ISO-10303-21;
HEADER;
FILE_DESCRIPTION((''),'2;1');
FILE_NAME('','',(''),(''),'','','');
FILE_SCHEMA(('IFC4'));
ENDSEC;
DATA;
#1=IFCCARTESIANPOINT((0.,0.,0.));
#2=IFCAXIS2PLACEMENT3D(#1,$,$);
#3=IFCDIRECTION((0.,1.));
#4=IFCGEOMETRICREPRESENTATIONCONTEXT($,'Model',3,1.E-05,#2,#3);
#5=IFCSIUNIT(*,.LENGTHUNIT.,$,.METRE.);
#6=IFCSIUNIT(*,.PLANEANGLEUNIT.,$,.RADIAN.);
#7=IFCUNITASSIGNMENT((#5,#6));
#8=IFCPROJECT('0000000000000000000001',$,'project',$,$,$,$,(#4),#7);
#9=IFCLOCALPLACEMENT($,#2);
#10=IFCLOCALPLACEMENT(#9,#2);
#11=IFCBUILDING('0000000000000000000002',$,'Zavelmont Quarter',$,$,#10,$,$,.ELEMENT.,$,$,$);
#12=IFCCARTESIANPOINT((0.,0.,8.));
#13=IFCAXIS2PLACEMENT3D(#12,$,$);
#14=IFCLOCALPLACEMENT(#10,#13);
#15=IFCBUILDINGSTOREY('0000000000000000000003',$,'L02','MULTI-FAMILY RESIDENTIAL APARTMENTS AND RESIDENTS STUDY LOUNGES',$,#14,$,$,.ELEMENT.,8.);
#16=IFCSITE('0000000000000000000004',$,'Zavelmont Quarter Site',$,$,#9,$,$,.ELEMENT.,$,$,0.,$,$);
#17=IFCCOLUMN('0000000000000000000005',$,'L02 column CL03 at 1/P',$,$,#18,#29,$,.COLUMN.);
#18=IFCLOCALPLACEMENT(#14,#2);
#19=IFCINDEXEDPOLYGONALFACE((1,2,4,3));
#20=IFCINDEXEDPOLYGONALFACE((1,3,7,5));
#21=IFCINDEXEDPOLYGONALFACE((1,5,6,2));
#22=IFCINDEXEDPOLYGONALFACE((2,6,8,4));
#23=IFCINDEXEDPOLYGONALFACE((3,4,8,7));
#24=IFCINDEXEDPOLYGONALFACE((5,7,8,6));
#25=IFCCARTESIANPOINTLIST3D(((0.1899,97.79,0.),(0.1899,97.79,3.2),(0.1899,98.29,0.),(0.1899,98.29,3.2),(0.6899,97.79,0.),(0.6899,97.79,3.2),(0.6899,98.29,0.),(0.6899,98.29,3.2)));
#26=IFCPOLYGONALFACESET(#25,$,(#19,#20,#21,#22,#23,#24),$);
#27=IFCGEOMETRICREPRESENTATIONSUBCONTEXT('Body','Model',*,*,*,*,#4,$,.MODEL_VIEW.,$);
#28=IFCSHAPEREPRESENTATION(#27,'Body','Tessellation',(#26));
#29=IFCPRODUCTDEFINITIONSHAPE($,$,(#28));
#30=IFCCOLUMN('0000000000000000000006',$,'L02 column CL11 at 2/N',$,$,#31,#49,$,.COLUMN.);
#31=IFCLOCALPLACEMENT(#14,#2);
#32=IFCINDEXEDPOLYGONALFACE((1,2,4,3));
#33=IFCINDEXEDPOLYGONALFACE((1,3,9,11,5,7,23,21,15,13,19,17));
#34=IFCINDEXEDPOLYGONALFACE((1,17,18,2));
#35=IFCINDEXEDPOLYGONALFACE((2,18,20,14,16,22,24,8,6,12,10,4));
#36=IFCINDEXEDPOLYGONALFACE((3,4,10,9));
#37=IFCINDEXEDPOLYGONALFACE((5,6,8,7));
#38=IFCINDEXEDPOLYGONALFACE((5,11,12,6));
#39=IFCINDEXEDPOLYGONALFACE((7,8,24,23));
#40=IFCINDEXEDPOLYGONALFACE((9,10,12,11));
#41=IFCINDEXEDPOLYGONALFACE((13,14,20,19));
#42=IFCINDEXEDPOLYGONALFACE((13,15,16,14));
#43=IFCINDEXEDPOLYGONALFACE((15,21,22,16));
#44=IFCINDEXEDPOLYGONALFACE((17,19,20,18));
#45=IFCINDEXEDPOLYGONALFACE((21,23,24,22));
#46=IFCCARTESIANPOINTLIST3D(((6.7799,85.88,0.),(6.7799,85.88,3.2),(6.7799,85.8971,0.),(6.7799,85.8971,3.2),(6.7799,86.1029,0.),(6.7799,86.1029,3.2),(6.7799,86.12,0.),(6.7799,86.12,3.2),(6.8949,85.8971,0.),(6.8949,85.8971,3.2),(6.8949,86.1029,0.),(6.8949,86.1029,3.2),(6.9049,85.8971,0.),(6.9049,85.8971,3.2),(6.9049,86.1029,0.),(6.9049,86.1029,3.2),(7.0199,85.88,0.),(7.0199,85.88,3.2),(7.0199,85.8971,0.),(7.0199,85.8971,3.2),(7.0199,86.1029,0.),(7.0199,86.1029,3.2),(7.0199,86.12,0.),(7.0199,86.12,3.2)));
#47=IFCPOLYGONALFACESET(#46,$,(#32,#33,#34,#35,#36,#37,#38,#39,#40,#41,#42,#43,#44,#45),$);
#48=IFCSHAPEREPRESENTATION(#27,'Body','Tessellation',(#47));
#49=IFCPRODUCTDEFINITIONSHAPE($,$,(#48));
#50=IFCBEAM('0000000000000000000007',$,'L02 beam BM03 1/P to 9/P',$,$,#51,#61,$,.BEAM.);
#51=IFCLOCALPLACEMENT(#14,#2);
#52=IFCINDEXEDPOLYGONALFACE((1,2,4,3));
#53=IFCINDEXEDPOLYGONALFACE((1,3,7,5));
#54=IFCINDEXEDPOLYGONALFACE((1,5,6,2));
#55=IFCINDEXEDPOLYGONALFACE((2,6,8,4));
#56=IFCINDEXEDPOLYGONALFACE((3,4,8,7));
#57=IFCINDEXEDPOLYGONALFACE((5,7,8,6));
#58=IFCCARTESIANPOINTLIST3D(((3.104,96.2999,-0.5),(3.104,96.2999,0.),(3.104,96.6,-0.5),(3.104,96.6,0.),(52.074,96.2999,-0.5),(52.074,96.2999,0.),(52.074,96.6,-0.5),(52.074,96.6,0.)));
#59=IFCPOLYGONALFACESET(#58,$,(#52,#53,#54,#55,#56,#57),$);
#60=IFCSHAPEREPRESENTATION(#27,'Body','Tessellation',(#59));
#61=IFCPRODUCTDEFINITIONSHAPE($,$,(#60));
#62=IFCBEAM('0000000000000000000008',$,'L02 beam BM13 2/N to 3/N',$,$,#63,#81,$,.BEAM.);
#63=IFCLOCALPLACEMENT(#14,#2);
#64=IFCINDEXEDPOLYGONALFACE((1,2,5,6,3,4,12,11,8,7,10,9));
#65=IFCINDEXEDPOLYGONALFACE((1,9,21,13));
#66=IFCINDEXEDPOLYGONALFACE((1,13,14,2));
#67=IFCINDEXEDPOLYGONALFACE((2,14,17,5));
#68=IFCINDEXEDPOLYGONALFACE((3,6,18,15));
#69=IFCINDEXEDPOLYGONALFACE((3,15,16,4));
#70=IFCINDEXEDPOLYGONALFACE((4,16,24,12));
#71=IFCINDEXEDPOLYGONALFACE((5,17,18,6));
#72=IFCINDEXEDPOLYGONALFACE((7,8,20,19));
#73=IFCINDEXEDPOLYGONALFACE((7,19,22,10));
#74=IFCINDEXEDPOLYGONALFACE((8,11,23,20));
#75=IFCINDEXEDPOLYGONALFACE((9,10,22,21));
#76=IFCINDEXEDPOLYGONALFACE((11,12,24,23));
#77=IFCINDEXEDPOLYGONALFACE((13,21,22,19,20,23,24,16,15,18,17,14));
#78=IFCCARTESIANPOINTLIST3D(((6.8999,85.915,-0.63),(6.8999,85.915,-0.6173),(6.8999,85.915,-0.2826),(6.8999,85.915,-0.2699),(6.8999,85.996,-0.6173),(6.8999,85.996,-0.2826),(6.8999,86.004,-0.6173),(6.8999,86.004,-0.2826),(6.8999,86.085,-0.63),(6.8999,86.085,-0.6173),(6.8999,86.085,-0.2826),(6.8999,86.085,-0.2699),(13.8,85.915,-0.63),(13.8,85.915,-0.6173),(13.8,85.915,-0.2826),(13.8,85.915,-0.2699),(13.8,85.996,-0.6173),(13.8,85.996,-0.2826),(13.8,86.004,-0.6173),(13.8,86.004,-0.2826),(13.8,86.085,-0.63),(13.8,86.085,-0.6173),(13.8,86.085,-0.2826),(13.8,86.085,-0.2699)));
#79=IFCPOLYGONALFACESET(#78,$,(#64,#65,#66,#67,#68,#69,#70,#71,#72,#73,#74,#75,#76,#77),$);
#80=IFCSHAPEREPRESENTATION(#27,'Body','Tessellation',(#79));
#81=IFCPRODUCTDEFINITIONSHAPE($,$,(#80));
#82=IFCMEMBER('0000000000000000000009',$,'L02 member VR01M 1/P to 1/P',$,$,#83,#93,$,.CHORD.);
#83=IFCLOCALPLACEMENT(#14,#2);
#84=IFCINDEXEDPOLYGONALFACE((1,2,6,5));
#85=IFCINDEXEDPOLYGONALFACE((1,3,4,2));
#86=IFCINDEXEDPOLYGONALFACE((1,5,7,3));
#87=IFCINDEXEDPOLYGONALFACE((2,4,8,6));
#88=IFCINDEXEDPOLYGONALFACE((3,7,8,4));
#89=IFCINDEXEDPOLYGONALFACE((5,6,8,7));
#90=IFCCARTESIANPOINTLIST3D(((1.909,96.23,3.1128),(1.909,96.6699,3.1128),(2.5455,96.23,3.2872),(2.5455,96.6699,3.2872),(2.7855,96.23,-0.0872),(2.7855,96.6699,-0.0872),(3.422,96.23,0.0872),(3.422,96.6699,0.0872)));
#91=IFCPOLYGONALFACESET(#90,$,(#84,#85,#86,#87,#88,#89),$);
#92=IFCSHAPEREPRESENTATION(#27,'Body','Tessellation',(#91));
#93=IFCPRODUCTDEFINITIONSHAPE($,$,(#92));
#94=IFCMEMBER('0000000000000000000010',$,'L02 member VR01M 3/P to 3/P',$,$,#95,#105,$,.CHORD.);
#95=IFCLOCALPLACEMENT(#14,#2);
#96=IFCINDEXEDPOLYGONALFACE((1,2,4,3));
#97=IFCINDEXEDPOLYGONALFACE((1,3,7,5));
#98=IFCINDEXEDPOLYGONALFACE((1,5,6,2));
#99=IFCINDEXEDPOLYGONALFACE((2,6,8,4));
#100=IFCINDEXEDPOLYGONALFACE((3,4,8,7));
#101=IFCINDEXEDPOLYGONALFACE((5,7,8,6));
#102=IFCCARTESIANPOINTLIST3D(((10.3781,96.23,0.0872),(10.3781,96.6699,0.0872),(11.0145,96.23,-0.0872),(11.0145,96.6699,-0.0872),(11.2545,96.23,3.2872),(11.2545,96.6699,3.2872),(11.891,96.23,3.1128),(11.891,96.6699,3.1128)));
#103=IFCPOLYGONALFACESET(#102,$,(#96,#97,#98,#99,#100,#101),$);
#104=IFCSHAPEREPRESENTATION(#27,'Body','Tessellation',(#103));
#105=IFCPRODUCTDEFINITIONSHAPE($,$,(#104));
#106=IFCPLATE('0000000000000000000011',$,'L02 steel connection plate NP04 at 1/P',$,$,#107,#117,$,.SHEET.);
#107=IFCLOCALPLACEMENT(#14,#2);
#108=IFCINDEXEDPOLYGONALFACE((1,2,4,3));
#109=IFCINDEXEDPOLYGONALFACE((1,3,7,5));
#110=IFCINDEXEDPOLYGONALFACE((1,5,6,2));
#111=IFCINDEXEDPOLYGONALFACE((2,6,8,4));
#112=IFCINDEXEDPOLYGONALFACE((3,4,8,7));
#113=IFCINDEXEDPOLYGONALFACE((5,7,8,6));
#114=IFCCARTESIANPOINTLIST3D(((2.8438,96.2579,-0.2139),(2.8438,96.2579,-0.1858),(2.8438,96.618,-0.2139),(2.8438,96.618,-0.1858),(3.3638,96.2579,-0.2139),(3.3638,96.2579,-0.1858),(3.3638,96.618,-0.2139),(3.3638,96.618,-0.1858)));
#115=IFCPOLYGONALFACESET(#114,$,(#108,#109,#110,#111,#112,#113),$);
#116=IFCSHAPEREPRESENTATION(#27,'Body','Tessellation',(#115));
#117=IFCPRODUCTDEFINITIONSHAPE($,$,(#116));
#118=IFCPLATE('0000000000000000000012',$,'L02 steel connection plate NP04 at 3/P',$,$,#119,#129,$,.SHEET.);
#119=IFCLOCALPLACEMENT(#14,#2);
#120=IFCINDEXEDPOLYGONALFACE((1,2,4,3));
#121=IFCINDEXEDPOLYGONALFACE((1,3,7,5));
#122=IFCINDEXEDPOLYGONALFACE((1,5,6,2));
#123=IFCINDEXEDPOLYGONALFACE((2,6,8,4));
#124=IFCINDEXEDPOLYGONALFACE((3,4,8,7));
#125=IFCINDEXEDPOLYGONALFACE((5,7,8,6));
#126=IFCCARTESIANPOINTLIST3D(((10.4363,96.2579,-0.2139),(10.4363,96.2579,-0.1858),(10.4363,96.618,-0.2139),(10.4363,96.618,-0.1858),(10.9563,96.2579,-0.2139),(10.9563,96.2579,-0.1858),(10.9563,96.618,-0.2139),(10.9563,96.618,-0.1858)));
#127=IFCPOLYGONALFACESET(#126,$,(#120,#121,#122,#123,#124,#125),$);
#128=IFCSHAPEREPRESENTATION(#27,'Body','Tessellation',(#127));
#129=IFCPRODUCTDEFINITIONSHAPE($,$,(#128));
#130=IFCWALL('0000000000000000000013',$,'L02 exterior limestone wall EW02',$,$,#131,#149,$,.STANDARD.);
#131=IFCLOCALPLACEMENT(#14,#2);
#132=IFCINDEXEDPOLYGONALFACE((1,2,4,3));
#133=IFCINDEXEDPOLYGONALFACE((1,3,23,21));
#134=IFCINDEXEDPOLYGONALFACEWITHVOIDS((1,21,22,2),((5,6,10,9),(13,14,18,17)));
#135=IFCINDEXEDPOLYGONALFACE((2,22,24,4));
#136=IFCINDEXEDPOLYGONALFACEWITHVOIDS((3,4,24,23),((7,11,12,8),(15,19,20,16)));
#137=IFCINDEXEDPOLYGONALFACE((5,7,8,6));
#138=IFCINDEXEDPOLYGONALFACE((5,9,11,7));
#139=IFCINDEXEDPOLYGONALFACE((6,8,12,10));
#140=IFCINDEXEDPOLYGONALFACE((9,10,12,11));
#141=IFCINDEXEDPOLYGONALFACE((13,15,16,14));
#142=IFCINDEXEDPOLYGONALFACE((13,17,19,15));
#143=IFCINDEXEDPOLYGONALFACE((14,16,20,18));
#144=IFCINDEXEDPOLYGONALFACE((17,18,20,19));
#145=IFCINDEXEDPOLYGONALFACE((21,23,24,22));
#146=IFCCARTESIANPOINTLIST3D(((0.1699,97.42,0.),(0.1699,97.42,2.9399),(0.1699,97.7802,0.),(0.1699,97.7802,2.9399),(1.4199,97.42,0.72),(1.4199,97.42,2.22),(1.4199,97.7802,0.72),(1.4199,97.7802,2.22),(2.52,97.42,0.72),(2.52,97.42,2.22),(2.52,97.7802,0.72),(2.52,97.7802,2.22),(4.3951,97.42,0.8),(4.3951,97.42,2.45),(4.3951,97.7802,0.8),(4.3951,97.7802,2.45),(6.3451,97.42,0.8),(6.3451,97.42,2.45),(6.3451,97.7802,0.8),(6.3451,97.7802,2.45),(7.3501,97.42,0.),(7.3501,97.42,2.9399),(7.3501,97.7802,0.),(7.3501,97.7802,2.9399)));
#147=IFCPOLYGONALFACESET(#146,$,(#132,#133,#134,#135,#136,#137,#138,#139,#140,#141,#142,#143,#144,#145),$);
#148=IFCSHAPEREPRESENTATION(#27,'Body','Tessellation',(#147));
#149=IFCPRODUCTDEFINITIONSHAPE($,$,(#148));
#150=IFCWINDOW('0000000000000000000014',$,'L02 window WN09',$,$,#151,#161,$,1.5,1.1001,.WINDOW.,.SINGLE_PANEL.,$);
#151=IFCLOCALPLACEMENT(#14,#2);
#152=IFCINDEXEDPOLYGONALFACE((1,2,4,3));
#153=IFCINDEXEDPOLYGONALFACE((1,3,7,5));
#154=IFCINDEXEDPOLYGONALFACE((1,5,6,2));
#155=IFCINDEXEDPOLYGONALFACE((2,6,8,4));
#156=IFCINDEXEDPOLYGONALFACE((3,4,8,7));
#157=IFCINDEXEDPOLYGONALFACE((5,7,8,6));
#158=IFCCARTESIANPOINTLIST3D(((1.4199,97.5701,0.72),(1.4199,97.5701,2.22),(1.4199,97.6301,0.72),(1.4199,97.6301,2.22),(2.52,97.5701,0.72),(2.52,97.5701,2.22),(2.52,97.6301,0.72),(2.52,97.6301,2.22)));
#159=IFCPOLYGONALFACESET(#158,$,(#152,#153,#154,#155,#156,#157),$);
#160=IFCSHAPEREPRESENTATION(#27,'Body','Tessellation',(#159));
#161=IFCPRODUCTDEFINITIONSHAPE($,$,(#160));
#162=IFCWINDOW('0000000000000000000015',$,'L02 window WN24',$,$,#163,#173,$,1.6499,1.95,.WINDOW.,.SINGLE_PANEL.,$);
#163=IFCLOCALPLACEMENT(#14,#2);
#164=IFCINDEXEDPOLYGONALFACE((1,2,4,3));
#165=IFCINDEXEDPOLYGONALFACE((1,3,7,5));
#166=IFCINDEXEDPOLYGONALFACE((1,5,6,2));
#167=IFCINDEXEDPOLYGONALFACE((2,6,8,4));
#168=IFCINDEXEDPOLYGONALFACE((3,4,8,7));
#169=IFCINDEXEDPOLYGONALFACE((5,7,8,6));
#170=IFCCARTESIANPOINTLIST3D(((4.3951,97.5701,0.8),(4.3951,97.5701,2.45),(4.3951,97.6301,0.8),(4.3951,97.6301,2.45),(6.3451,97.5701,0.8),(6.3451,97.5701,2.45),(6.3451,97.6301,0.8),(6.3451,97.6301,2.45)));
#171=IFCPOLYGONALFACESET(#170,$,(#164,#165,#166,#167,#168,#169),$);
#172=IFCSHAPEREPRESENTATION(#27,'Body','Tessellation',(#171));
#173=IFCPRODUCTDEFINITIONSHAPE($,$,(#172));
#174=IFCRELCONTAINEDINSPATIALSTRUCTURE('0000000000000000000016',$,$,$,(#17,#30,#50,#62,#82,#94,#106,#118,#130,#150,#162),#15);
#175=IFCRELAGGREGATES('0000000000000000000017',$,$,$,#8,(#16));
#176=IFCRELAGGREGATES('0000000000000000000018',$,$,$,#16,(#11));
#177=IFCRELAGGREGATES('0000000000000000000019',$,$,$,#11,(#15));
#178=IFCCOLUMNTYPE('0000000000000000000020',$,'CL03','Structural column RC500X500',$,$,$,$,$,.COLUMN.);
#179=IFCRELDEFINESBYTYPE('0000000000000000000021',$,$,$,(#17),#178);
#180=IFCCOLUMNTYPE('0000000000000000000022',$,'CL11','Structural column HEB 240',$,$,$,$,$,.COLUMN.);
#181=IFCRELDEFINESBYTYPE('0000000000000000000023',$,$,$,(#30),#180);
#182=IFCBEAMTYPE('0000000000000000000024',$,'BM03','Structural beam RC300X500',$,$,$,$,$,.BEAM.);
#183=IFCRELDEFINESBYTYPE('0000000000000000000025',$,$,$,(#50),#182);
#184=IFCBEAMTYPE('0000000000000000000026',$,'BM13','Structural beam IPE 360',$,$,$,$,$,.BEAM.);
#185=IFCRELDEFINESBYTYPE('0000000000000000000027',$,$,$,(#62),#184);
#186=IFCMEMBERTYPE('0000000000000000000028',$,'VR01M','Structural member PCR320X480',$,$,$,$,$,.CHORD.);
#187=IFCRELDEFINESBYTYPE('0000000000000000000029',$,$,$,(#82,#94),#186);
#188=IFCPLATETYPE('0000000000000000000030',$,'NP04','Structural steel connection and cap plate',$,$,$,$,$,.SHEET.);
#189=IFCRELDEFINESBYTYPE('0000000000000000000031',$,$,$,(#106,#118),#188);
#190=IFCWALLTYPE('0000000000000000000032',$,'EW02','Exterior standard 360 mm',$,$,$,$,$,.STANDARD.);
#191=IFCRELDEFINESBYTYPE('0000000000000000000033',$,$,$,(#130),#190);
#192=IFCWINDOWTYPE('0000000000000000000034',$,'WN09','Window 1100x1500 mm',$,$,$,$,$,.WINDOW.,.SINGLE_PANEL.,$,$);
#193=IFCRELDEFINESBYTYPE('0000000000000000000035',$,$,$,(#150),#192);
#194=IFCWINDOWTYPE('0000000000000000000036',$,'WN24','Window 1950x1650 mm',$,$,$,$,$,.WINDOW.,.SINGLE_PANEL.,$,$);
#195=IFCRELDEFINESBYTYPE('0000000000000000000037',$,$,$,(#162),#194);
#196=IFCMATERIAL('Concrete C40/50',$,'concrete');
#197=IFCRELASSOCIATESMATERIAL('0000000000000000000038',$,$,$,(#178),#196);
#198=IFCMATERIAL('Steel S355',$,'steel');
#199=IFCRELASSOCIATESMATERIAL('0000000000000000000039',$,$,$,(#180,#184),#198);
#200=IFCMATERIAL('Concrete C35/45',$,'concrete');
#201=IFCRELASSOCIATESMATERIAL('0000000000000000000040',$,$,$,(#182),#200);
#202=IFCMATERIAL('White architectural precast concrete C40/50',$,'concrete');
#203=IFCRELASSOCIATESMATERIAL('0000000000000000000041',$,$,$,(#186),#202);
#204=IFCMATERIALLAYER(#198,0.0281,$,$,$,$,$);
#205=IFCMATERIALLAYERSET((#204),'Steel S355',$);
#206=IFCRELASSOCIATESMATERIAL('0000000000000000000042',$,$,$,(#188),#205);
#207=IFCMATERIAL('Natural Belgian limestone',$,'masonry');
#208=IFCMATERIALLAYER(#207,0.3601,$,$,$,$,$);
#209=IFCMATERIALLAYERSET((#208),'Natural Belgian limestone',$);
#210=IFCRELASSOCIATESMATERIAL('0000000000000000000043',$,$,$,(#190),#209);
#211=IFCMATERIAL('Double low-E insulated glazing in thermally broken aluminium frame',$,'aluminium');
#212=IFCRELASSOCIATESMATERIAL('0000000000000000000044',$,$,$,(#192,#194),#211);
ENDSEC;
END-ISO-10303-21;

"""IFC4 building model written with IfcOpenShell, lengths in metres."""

from ifc_helpers import new_model, si_unit, direction, frame, frame_2d, origin, origin_with_axes, origin_2d, place, context, subcontext, project, spatial, rectangle, i_section, extrude, material, layer, layer_set, material_profile, profile_set, type_object, element, fill, save


model = new_model("IFC4")

# Units and contexts
model_context = context("Model", 3, precision=1e-05, world=origin(), true_north=direction((0.0, 1.0)))
body_context = subcontext(model_context, "Body", "Model", "MODEL_VIEW")
ifc_project = project(units=[si_unit("LENGTHUNIT", "METRE"), si_unit("PLANEANGLEUNIT", "RADIAN")], contexts=[model_context])

# Site, building, storey
site_placement = place(None, origin())
site = spatial("IfcSite", under=ifc_project, at=site_placement, Name="Zavelmont Quarter Site", CompositionType="ELEMENT", RefElevation=0.0)
building_placement = place(site_placement, origin())
building = spatial("IfcBuilding", under=site, at=building_placement, Name="Zavelmont Quarter", CompositionType="ELEMENT")
storey_placement = place(building_placement, frame((0.0, 0.0, 8.0)))
storey = spatial("IfcBuildingStorey", under=building, at=storey_placement, Name="L02", Description="MULTI-FAMILY RESIDENTIAL APARTMENTS AND RESIDENTS STUDY LOUNGES", CompositionType="ELEMENT", Elevation=8.0)

# Columns
ifc_material_1 = material(Name="Concrete C40/50", Category="concrete")
ifc_material_profile_1 = material_profile(ifc_material_1, rectangle(XDim=0.5, YDim=0.5, at=origin_2d()), Name="RC500X500")
ifc_profile_set_1 = profile_set([ifc_material_profile_1], Name="Concrete C40/50")
column_type_1 = type_object("IfcColumnType", Name="CL03", Description="Structural column RC500X500", PredefinedType="COLUMN", material=ifc_profile_set_1)
column_1_placement = place(storey_placement, frame((0.4399, 98.04, 0.0), z_axis=(0.0, 0.0, 1.0), x_axis=(1.0, 0.0, 0.0)))
element("IfcColumn", 1, at=column_1_placement, inside=storey, type_object=column_type_1, Name="L02 column CL03 at 1/P", PredefinedType="COLUMN", context=body_context, shape_type="SweptSolid", body=[
    extrude(rectangle(XDim=0.5, YDim=0.5, at=origin_2d()), origin(), (0.0, 0.0, 1.0), 3.2),
])
ifc_material_2 = material(Name="Steel S355", Category="steel")
ifc_material_profile_2 = material_profile(ifc_material_2, i_section(OverallWidth=0.24, OverallDepth=0.24, WebThickness=0.01, FlangeThickness=0.0171, at=origin_2d()), Name="HEB 240")
ifc_profile_set_2 = profile_set([ifc_material_profile_2], Name="Steel S355")
column_type_2 = type_object("IfcColumnType", Name="CL11", Description="Structural column HEB 240", PredefinedType="COLUMN", material=ifc_profile_set_2)
column_2_placement = place(storey_placement, frame((6.8999, 86.0, 0.0), z_axis=(0.0, 0.0, 1.0), x_axis=(1.0, 0.0, 0.0)))
element("IfcColumn", 2, at=column_2_placement, inside=storey, type_object=column_type_2, Name="L02 column CL11 at 2/N", PredefinedType="COLUMN", context=body_context, shape_type="SweptSolid", body=[
    extrude(i_section(OverallWidth=0.24, OverallDepth=0.24, WebThickness=0.01, FlangeThickness=0.0171, at=origin_2d()), origin(), (0.0, 0.0, 1.0), 3.2),
])

# Beams
ifc_material_3 = material(Name="Concrete C35/45", Category="concrete")
ifc_material_profile_3 = material_profile(ifc_material_3, rectangle(XDim=0.3, YDim=0.5, at=origin_2d()), Name="RC300X500")
ifc_profile_set_3 = profile_set([ifc_material_profile_3], Name="Concrete C35/45")
beam_type_1 = type_object("IfcBeamType", Name="BM03", Description="Structural beam RC300X500", PredefinedType="BEAM", material=ifc_profile_set_3)
beam_1_placement = place(storey_placement, frame((3.104, 96.45, -0.25), z_axis=(1.0, 0.0, 0.0), x_axis=(0.0, 1.0, 0.0)))
element("IfcBeam", 3, at=beam_1_placement, inside=storey, type_object=beam_type_1, Name="L02 beam BM03 1/P to 9/P", PredefinedType="BEAM", context=body_context, shape_type="SweptSolid", body=[
    extrude(rectangle(XDim=0.3, YDim=0.5, at=origin_2d()), origin(), (0.0, 0.0, 1.0), 48.97),
])
ifc_material_profile_4 = material_profile(ifc_material_2, i_section(OverallWidth=0.1699, OverallDepth=0.3601, WebThickness=0.0081, FlangeThickness=0.0127, at=origin_2d()), Name="IPE 360")
ifc_profile_set_4 = profile_set([ifc_material_profile_4], Name="Steel S355")
beam_type_2 = type_object("IfcBeamType", Name="BM13", Description="Structural beam IPE 360", PredefinedType="BEAM", material=ifc_profile_set_4)
beam_2_placement = place(storey_placement, frame((6.8999, 86.0, -0.45), z_axis=(1.0, 0.0, 0.0), x_axis=(0.0, 1.0, 0.0)))
element("IfcBeam", 4, at=beam_2_placement, inside=storey, type_object=beam_type_2, Name="L02 beam BM13 2/N to 3/N", PredefinedType="BEAM", context=body_context, shape_type="SweptSolid", body=[
    extrude(i_section(OverallWidth=0.1699, OverallDepth=0.3601, WebThickness=0.0081, FlangeThickness=0.0127, at=origin_2d()), origin(), (0.0, 0.0, 1.0), 6.9001),
])

# Members
ifc_material_4 = material(Name="White architectural precast concrete C40/50", Category="concrete")
ifc_material_profile_5 = material_profile(ifc_material_4, rectangle(XDim=0.4399, YDim=0.6599, at=origin_2d()), Name="PCR320X480")
ifc_profile_set_5 = profile_set([ifc_material_profile_5], Name="White architectural precast concrete C40/50")
member_type = type_object("IfcMemberType", Name="VR01M", Description="Structural member PCR320X480", PredefinedType="CHORD", material=ifc_profile_set_5)
for number, where, z_axis, x_axis, name in (
    (5, (3.1038, 96.45, 0.0), (-0.26417, 0.0, 0.964476), (0.0, -1.0, 0.0), "L02 member VR01M 1/P to 1/P"),
    (6, (10.6963, 96.45, 0.0), (0.26417, 0.0, 0.964476), (0.0, 1.0, 0.0), "L02 member VR01M 3/P to 3/P"),
):
    element("IfcMember", number, at=place(storey_placement, frame(where, z_axis=z_axis, x_axis=x_axis)), inside=storey, type_object=member_type, Name=name, PredefinedType="CHORD", context=body_context, shape_type="SweptSolid", body=[
        extrude(rectangle(XDim=0.4399, YDim=0.6599, at=origin_2d()), origin(), (0.0, 0.0, 1.0), 3.3179),
    ])

# Plates
ifc_layer_1 = layer(ifc_material_2, 0.0281)
ifc_layer_set_1 = layer_set([ifc_layer_1], Name="Steel S355")
plate_type = type_object("IfcPlateType", Name="NP04", Description="Structural steel connection and cap plate", PredefinedType="SHEET", material=ifc_layer_set_1)
for number, where, z_axis, x_axis, name in (
    (7, (3.1038, 96.438, -0.2139), (0.0, 0.0, 1.0), (1.0, 0.0, 0.0), "L02 steel connection plate NP04 at 1/P"),
    (8, (10.6963, 96.438, -0.2139), (0.0, 0.0, 1.0), (1.0, 0.0, 0.0), "L02 steel connection plate NP04 at 3/P"),
):
    element("IfcPlate", number, at=place(storey_placement, frame(where, z_axis=z_axis, x_axis=x_axis)), inside=storey, type_object=plate_type, Name=name, PredefinedType="SHEET", context=body_context, shape_type="SweptSolid", body=[
        extrude(rectangle(XDim=0.52, YDim=0.3601, at=origin_2d()), origin(), (0.0, 0.0, 1.0), 0.0281),
    ])

# Wall, openings, windows
ifc_material_5 = material(Name="Natural Belgian limestone", Category="masonry")
ifc_layer_2 = layer(ifc_material_5, 0.3601)
ifc_layer_set_2 = layer_set([ifc_layer_2], Name="Natural Belgian limestone")
wall_type_1 = type_object("IfcWallType", Name="EW02", Description="Exterior standard 360 mm", PredefinedType="STANDARD", material=ifc_layer_set_2)
wall_1_placement = place(storey_placement, frame((0.1699, 97.6001, 0.0), z_axis=(0.0, 0.0, 1.0), x_axis=(1.0, 0.0, 0.0)))
wall_1 = element("IfcWall", 9, at=wall_1_placement, inside=storey, type_object=wall_type_1, Name="L02 exterior limestone wall EW02", PredefinedType="STANDARD", context=body_context, shape_type="SweptSolid", body=[
    extrude(rectangle(XDim=7.1802, YDim=0.3601, at=frame_2d((3.5901, 0.0))), origin(), (0.0, 0.0, 1.0), 2.9399),
])
opening_1_placement = place(wall_1_placement, frame((1.25, 0.0, 0.72)))
opening_1 = element("IfcOpeningElement", 10, at=opening_1_placement, cuts=wall_1, PredefinedType="OPENING", context=body_context, shape_type="SweptSolid", body=[
    extrude(rectangle(XDim=1.1001, YDim=1.5, at=frame_2d((0.55, 0.75))), frame((0.0, 0.1919, 0.0), z_axis=(0.0, -1.0, 0.0), x_axis=(1.0, 0.0, 0.0)), (0.0, 0.0, 1.0), 0.384),
])
opening_2_placement = place(wall_1_placement, frame((4.2251, 0.0, 0.8)))
opening_2 = element("IfcOpeningElement", 11, at=opening_2_placement, cuts=wall_1, PredefinedType="OPENING", context=body_context, shape_type="SweptSolid", body=[
    extrude(rectangle(XDim=1.95, YDim=1.6499, at=frame_2d((0.9751, 0.825))), frame((0.0, 0.1919, 0.0), z_axis=(0.0, -1.0, 0.0), x_axis=(1.0, 0.0, 0.0)), (0.0, 0.0, 1.0), 0.384),
])
ifc_material_6 = material(Name="Double low-E insulated glazing in thermally broken aluminium frame", Category="aluminium")
window_type_1 = type_object("IfcWindowType", Name="WN09", Description="Window 1100x1500 mm", PartitioningType="SINGLE_PANEL", PredefinedType="WINDOW", material=ifc_material_6)
window_1_placement = place(opening_1_placement, origin_with_axes())
window_1 = element("IfcWindow", 12, at=window_1_placement, inside=storey, type_object=window_type_1, Name="L02 window WN09", OverallHeight=1.5, OverallWidth=1.1001, PartitioningType="SINGLE_PANEL", PredefinedType="WINDOW", context=body_context, shape_type="SweptSolid", body=[
    extrude(rectangle(XDim=1.1001, YDim=1.5, at=frame_2d((0.55, 0.75))), frame((0.0, 0.03, 0.0), z_axis=(0.0, -1.0, 0.0), x_axis=(1.0, 0.0, 0.0)), (0.0, 0.0, 1.0), 0.0601),
])
fill(opening_1, window_1)
window_type_2 = type_object("IfcWindowType", Name="WN24", Description="Window 1950x1650 mm", PartitioningType="SINGLE_PANEL", PredefinedType="WINDOW", material=ifc_material_6)
window_2_placement = place(opening_2_placement, origin_with_axes())
window_2 = element("IfcWindow", 13, at=window_2_placement, inside=storey, type_object=window_type_2, Name="L02 window WN24", OverallHeight=1.6499, OverallWidth=1.95, PartitioningType="SINGLE_PANEL", PredefinedType="WINDOW", context=body_context, shape_type="SweptSolid", body=[
    extrude(rectangle(XDim=1.95, YDim=1.6499, at=frame_2d((0.9751, 0.825))), frame((0.0, 0.03, 0.0), z_axis=(0.0, -1.0, 0.0), x_axis=(1.0, 0.0, 0.0)), (0.0, 0.0, 1.0), 0.0601),
])
fill(opening_2, window_2)

save(model, "model.ifc")
